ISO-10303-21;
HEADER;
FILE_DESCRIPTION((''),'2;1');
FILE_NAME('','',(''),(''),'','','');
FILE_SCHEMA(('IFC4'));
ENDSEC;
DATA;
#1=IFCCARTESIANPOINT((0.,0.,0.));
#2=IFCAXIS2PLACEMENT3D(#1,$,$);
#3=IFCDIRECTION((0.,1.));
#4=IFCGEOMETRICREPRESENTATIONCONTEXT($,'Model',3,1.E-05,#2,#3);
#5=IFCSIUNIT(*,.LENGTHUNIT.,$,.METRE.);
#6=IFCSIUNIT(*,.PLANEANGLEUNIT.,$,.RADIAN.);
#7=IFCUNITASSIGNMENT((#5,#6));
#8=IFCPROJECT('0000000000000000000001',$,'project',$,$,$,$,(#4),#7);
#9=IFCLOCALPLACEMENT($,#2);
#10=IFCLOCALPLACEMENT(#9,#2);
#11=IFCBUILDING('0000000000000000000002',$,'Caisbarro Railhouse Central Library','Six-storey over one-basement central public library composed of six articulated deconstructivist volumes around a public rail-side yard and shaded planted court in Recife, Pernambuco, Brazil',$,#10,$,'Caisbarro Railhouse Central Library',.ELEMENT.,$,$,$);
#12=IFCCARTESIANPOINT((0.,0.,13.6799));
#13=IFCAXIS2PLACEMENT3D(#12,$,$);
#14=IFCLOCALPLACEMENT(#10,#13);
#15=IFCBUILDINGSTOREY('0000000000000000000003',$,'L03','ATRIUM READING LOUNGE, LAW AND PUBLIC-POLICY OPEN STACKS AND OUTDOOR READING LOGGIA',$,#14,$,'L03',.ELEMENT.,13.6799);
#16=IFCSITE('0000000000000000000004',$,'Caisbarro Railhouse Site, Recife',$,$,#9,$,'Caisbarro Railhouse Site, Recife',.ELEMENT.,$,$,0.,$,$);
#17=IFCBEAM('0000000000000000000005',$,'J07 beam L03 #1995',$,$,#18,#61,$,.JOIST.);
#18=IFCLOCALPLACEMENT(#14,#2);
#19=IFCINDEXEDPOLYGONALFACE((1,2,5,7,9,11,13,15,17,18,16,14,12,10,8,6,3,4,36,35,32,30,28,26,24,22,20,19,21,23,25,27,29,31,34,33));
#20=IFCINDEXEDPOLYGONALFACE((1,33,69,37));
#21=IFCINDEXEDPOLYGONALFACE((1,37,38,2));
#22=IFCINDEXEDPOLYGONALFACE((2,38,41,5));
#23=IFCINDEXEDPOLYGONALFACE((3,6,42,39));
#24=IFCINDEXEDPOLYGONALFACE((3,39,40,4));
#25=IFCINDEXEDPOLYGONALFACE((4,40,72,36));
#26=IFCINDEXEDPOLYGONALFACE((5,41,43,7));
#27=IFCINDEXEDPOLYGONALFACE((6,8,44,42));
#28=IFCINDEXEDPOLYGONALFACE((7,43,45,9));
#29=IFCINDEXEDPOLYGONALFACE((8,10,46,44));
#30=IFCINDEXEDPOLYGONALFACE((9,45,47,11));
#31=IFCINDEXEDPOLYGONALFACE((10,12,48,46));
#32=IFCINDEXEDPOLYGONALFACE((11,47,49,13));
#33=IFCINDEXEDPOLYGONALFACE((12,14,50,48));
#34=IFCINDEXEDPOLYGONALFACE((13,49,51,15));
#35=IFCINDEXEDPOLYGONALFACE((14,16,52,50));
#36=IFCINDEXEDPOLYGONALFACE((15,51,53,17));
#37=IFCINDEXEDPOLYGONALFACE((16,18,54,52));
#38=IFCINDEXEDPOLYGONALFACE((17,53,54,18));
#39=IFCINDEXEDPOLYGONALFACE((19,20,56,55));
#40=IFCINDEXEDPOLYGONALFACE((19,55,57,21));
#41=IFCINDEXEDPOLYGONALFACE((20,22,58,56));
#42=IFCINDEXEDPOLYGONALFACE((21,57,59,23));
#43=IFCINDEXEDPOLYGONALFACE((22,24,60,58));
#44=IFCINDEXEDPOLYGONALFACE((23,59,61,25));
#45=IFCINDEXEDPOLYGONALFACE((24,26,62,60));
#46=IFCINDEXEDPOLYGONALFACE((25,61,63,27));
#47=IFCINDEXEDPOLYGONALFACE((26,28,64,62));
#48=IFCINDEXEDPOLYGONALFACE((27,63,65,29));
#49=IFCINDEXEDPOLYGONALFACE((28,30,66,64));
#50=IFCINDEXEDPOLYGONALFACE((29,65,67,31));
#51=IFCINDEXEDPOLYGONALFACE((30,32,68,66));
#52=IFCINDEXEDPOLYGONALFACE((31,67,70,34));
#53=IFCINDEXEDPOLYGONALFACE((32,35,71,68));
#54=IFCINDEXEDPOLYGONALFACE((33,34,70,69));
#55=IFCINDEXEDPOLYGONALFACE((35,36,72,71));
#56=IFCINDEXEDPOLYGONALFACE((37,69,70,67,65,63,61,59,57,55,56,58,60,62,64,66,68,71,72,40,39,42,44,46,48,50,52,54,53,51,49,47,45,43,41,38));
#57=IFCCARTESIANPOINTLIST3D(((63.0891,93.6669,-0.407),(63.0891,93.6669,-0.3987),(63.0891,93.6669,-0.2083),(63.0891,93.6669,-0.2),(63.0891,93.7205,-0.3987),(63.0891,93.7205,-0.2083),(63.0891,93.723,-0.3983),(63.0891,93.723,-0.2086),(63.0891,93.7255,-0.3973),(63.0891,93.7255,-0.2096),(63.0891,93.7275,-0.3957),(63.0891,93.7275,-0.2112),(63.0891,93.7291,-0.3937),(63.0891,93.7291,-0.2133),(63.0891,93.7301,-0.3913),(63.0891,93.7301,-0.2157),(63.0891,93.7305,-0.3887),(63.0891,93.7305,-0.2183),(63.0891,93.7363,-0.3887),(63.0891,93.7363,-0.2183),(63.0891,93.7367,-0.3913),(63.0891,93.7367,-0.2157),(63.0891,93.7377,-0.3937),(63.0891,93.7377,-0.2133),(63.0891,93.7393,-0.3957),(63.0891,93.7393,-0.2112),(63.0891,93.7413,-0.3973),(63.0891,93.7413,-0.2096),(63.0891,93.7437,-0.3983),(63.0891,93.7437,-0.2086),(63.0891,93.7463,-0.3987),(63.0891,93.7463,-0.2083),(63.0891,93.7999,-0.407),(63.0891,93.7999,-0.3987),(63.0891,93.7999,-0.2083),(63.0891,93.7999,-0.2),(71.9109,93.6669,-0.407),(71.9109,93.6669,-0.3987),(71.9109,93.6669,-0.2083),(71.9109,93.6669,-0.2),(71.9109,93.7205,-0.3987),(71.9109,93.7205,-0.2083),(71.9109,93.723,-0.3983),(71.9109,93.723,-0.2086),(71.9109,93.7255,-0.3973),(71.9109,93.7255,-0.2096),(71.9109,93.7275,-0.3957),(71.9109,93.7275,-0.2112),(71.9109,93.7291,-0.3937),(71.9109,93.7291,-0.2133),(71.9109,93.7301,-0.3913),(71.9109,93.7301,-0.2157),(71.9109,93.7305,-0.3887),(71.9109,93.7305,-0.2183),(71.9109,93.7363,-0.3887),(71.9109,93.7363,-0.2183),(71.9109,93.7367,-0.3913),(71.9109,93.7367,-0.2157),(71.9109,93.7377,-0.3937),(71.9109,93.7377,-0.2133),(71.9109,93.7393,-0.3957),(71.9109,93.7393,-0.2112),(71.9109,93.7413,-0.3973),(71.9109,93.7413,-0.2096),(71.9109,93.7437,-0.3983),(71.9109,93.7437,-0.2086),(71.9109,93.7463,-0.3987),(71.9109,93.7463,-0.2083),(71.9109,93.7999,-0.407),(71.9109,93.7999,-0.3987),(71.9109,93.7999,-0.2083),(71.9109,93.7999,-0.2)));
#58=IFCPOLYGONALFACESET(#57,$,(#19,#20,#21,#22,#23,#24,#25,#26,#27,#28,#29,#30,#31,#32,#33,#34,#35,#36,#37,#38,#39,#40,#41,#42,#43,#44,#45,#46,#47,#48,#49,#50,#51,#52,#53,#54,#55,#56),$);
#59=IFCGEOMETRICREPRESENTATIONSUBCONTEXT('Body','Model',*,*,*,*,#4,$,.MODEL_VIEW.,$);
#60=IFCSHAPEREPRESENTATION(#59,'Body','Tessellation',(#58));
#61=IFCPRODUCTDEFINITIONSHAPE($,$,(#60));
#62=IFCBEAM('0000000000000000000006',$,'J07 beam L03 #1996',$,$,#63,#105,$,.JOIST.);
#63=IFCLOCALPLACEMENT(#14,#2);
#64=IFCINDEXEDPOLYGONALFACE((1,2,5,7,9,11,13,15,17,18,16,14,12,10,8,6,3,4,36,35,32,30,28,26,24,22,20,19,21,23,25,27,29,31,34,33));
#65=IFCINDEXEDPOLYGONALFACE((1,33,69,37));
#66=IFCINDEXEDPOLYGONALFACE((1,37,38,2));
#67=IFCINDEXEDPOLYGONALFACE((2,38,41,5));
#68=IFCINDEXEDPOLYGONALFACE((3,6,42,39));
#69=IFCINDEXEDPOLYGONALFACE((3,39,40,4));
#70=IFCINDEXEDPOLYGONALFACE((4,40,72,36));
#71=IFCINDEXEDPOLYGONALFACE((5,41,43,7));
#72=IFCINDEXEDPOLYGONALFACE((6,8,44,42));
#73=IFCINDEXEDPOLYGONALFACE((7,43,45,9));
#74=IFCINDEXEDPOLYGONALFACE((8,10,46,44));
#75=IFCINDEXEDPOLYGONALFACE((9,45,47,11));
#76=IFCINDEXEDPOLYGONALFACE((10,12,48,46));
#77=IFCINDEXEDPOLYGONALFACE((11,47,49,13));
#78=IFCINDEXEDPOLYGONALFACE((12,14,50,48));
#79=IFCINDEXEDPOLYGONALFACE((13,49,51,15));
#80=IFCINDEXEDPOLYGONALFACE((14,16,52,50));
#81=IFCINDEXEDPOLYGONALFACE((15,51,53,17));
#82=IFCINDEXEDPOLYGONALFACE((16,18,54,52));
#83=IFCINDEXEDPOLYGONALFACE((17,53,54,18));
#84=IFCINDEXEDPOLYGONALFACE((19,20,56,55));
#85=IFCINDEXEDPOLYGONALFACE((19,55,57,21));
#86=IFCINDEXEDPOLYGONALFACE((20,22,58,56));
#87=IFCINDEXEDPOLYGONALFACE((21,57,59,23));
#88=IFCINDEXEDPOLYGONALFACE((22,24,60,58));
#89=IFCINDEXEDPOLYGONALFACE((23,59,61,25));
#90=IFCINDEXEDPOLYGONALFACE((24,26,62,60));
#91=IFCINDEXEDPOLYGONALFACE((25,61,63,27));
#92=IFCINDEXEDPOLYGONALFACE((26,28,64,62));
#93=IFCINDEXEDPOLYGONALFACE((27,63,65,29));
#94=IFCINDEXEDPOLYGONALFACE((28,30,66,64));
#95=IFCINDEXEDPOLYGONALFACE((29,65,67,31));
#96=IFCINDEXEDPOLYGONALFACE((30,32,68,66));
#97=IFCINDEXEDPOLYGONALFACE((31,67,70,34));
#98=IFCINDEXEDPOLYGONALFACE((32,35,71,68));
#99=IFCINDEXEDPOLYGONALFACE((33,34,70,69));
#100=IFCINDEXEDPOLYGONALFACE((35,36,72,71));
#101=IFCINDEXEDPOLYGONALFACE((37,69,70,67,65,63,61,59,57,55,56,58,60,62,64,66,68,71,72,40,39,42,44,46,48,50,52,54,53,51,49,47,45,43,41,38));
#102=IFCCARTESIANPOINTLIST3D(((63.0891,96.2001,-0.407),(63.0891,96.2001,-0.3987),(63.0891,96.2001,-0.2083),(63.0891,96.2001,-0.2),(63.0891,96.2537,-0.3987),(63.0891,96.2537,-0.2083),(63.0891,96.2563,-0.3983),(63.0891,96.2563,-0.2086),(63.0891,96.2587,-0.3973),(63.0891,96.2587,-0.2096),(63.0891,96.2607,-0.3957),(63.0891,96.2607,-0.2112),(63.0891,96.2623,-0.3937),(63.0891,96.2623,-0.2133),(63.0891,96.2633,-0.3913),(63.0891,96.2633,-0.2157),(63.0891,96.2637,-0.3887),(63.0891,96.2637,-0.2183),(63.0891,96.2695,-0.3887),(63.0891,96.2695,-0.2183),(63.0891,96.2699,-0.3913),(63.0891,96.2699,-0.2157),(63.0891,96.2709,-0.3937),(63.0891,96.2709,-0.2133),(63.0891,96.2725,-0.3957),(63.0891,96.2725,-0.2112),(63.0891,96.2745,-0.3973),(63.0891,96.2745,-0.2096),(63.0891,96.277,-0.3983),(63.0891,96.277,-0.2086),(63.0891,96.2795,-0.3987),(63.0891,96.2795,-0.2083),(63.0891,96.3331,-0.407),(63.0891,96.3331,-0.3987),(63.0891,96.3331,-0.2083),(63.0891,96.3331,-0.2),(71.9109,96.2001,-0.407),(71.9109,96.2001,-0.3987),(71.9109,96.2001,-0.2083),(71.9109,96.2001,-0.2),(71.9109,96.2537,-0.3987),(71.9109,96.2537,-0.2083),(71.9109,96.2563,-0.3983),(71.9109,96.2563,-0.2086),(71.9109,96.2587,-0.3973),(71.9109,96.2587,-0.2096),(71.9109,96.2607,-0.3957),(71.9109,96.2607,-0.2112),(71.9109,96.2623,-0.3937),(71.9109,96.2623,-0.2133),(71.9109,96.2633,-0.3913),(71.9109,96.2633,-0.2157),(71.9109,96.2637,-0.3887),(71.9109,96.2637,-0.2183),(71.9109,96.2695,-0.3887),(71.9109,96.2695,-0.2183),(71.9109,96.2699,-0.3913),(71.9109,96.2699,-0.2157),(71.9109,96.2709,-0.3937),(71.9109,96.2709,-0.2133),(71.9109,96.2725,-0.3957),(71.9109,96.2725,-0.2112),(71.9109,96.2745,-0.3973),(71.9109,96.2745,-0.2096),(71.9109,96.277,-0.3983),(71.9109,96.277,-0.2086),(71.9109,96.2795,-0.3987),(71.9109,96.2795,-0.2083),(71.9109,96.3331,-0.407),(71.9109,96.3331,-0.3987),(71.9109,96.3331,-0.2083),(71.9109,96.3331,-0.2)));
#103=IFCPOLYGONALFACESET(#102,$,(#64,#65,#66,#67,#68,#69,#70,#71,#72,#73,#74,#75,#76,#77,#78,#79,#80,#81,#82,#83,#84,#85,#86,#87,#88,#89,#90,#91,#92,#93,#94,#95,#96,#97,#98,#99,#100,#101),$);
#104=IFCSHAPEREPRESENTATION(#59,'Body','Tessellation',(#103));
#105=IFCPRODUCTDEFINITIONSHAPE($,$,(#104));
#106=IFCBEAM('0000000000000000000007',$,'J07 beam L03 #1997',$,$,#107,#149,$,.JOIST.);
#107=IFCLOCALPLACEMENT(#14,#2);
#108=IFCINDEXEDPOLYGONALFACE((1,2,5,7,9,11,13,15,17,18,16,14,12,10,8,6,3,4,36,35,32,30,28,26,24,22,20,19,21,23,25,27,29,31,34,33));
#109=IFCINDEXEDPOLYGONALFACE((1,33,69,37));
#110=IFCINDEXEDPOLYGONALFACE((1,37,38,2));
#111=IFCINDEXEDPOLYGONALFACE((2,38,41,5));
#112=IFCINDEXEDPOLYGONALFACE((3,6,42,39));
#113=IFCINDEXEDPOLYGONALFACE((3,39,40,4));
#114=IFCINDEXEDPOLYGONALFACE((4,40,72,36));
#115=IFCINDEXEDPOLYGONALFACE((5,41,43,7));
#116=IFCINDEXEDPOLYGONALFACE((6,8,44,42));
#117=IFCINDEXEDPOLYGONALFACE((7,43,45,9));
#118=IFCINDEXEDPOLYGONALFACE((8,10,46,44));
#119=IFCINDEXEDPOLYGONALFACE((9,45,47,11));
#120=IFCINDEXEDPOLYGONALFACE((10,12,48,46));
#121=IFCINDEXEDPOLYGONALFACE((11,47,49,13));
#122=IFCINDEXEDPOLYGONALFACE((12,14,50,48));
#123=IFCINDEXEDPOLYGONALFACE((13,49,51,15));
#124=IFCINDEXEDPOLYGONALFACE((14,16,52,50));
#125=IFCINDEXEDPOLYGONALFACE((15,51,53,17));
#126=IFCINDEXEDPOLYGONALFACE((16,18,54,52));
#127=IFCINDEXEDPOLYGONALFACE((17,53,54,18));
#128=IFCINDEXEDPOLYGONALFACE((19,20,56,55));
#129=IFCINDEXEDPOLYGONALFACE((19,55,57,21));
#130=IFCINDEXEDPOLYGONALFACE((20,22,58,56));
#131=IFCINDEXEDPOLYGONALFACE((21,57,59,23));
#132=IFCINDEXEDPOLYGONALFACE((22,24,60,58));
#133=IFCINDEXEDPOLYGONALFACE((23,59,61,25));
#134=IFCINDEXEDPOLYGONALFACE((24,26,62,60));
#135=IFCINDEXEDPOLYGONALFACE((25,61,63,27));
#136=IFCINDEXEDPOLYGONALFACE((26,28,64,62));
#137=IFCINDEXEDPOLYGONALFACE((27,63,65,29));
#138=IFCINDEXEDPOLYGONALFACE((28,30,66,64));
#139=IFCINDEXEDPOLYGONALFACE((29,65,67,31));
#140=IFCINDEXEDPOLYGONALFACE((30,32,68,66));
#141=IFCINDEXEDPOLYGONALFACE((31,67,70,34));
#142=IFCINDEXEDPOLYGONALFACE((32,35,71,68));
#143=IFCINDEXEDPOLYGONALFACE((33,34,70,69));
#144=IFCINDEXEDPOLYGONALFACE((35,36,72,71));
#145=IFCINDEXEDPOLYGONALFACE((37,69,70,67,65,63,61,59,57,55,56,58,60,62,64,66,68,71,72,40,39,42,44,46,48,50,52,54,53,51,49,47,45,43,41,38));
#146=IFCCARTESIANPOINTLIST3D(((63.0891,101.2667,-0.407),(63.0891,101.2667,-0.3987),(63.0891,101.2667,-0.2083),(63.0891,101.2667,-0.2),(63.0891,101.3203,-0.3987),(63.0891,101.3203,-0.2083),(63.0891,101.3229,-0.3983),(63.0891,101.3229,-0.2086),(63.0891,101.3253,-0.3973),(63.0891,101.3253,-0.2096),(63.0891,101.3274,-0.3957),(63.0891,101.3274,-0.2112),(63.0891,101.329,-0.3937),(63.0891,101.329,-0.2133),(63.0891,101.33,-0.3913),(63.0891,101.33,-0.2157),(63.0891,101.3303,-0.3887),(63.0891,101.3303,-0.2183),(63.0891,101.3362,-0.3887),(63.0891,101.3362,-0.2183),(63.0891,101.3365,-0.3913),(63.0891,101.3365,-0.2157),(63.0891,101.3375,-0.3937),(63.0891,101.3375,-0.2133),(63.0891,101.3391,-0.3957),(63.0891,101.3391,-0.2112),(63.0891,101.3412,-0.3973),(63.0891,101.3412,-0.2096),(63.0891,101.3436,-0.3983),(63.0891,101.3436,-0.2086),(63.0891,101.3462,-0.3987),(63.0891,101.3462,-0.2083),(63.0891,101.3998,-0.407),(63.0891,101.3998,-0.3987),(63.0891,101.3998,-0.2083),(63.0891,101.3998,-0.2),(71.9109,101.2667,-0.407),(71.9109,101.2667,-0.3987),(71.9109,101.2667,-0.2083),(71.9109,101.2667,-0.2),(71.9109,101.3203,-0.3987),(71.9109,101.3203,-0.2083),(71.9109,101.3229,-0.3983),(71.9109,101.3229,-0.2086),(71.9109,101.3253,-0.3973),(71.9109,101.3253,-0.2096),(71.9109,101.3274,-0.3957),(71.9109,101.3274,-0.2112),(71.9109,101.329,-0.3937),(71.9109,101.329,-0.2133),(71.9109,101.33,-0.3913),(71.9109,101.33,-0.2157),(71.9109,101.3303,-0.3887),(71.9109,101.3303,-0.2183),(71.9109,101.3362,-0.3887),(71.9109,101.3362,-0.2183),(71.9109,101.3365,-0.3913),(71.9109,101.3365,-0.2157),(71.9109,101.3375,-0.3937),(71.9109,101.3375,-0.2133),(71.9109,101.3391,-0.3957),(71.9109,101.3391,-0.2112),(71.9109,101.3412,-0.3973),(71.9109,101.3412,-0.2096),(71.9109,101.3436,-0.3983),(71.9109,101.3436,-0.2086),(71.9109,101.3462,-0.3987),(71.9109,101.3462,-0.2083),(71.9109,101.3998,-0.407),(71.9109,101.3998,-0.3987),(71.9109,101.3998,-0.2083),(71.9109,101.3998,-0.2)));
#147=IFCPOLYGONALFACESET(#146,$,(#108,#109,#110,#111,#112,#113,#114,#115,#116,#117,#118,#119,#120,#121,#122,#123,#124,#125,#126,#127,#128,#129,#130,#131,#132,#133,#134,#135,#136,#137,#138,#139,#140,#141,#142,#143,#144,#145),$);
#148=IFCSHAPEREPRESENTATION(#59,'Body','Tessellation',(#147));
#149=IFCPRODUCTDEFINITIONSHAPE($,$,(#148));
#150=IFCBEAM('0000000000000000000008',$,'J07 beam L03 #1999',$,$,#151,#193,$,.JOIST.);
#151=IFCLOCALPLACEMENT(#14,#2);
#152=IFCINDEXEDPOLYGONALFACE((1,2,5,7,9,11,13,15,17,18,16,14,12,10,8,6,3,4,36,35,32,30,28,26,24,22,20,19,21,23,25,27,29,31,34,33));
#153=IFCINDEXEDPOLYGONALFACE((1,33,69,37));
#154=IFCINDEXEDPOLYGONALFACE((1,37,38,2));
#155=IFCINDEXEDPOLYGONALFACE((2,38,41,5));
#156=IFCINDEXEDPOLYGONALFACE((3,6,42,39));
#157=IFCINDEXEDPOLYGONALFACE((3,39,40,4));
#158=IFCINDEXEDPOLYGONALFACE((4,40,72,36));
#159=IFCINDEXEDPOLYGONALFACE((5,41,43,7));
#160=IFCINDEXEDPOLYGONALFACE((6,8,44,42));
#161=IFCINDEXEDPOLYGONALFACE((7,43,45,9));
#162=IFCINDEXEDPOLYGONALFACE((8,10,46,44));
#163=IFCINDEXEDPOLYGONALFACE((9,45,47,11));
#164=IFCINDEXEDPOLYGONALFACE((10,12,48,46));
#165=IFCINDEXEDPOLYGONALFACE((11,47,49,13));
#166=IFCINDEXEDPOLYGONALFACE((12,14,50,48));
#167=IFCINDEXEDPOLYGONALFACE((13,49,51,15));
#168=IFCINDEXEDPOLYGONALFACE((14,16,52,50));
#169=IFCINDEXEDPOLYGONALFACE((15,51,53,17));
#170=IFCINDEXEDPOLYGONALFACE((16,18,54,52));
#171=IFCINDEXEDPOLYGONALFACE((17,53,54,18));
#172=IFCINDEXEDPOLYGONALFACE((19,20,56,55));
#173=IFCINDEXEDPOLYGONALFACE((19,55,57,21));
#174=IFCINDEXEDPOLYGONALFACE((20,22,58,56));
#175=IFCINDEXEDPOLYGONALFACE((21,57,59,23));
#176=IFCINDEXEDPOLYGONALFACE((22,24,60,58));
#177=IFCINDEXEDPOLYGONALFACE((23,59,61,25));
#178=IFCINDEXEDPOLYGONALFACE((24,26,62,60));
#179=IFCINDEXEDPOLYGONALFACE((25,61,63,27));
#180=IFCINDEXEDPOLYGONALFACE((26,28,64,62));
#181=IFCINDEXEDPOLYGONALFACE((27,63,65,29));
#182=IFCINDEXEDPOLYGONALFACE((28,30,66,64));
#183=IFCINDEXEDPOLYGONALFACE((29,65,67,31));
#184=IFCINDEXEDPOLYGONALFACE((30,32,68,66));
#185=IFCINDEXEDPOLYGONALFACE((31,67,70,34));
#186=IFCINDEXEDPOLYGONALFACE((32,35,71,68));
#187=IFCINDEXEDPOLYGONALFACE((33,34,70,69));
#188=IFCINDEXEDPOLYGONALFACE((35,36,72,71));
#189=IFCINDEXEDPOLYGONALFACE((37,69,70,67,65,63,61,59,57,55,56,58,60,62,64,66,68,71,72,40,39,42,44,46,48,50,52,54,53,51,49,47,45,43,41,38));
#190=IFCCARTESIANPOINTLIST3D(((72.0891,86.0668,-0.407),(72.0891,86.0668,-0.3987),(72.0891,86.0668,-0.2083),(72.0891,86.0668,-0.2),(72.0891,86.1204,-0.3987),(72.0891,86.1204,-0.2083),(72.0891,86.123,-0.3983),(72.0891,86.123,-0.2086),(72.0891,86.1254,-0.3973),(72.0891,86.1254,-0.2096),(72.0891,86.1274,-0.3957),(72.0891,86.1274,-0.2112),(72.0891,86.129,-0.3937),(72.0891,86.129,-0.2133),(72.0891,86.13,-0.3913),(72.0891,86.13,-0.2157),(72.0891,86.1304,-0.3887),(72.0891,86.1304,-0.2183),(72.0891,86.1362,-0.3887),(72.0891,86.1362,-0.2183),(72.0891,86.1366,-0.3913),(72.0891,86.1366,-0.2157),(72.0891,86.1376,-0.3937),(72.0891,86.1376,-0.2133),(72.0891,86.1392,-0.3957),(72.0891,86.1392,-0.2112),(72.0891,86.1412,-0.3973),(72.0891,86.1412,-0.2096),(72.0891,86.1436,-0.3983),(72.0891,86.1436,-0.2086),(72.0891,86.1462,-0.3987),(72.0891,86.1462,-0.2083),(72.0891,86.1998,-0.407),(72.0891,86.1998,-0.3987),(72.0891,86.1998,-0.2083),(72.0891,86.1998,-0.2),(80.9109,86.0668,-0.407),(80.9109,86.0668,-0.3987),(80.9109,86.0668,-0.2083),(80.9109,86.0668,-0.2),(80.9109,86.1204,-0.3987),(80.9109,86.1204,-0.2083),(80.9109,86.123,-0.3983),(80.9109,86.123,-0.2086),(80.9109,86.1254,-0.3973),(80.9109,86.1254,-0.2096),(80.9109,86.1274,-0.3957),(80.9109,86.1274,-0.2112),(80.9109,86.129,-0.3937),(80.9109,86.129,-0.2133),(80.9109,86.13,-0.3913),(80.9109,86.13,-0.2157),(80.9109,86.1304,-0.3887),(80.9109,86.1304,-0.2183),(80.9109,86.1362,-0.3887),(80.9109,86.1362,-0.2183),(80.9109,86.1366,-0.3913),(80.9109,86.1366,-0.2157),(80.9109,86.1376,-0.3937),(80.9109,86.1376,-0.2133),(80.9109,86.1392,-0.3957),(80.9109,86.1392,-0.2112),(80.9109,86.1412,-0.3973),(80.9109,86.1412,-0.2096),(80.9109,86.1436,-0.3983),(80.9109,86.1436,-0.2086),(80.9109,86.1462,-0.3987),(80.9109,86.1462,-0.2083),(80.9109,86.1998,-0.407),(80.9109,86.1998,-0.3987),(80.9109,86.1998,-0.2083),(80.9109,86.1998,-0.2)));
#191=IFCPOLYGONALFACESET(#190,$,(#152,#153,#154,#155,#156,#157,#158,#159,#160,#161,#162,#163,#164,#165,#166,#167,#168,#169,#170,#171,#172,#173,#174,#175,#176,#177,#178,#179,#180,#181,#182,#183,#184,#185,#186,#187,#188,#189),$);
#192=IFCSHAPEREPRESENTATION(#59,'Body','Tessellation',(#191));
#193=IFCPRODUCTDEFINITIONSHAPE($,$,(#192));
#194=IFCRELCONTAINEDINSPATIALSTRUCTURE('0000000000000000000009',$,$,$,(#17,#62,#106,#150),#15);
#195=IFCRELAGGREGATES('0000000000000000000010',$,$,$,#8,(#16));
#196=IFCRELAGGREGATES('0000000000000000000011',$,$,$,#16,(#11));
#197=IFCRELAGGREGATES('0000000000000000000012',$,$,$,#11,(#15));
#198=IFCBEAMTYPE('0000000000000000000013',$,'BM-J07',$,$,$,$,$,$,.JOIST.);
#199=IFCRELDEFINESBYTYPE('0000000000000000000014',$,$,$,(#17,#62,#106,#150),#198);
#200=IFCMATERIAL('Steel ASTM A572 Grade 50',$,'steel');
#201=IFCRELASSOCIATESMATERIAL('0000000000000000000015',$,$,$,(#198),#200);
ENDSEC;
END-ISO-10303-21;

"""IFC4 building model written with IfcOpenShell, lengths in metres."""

from ifc_helpers import new_model, si_unit, direction, frame, origin, origin_2d, place, context, subcontext, project, spatial, i_section, extrude, material, material_profile, profile_set, type_object, element, save


model = new_model("IFC4")

# Units and contexts
model_context = context("Model", 3, precision=1e-05, world=origin(), true_north=direction((0.0, 1.0)))
body_context = subcontext(model_context, "Body", "Model", "MODEL_VIEW")
ifc_project = project(units=[si_unit("LENGTHUNIT", "METRE"), si_unit("PLANEANGLEUNIT", "RADIAN")], contexts=[model_context])

# Site, building, storey
site_placement = place(None, origin())
site = spatial("IfcSite", under=ifc_project, at=site_placement, Name="Caisbarro Railhouse Site, Recife", LongName="Caisbarro Railhouse Site, Recife", CompositionType="ELEMENT", RefElevation=0.0)
building_placement = place(site_placement, origin())
building = spatial("IfcBuilding", under=site, at=building_placement, Name="Caisbarro Railhouse Central Library", Description="Six-storey over one-basement central public library composed of six articulated deconstructivist volumes around a public rail-side yard and shaded planted court in Recife, Pernambuco, Brazil", LongName="Caisbarro Railhouse Central Library", CompositionType="ELEMENT")
storey_placement = place(building_placement, frame((0.0, 0.0, 13.6799)))
storey = spatial("IfcBuildingStorey", under=building, at=storey_placement, Name="L03", Description="ATRIUM READING LOUNGE, LAW AND PUBLIC-POLICY OPEN STACKS AND OUTDOOR READING LOGGIA", LongName="L03", CompositionType="ELEMENT", Elevation=13.6799)

# Shared definitions
ifc_material_1 = material(Name="Steel ASTM A572 Grade 50", Category="steel")

# Beams
ifc_material_profile_1 = material_profile(ifc_material_1, i_section(OverallWidth=0.1331, OverallDepth=0.207, WebThickness=0.0059, FlangeThickness=0.0083, FilletRadius=0.01, at=origin_2d()), Name="W200X26.6")
ifc_profile_set_1 = profile_set([ifc_material_profile_1], Name="Steel ASTM A572 Grade 50")
beam_type_1 = type_object("IfcBeamType", Name="BM-J07", PredefinedType="JOIST", material=ifc_profile_set_1)
for number, where, z_axis, x_axis, name in (
    (1, (63.0891, 93.7334, -0.3035), (1.0, 0.0, 0.0), (0.0, 1.0, 0.0), "J07 beam L03 #1995"),
    (2, (63.0891, 96.2666, -0.3035), (1.0, 0.0, 0.0), (0.0, 1.0, 0.0), "J07 beam L03 #1996"),
    (3, (63.0891, 101.3333, -0.3035), (1.0, 0.0, 0.0), (0.0, 1.0, 0.0), "J07 beam L03 #1997"),
    (4, (72.0891, 86.1333, -0.3035), (1.0, 0.0, 0.0), (0.0, 1.0, 0.0), "J07 beam L03 #1999"),
):
    element("IfcBeam", number, at=place(storey_placement, frame(where, z_axis=z_axis, x_axis=x_axis)), inside=storey, type_object=beam_type_1, Name=name, PredefinedType="JOIST", context=body_context, shape_type="SweptSolid", body=[
        extrude(i_section(OverallWidth=0.1331, OverallDepth=0.207, WebThickness=0.0059, FlangeThickness=0.0083, FilletRadius=0.01, at=origin_2d()), origin(), (0.0, 0.0, 1.0), 8.8218),
    ])

save(model, "model.ifc")
